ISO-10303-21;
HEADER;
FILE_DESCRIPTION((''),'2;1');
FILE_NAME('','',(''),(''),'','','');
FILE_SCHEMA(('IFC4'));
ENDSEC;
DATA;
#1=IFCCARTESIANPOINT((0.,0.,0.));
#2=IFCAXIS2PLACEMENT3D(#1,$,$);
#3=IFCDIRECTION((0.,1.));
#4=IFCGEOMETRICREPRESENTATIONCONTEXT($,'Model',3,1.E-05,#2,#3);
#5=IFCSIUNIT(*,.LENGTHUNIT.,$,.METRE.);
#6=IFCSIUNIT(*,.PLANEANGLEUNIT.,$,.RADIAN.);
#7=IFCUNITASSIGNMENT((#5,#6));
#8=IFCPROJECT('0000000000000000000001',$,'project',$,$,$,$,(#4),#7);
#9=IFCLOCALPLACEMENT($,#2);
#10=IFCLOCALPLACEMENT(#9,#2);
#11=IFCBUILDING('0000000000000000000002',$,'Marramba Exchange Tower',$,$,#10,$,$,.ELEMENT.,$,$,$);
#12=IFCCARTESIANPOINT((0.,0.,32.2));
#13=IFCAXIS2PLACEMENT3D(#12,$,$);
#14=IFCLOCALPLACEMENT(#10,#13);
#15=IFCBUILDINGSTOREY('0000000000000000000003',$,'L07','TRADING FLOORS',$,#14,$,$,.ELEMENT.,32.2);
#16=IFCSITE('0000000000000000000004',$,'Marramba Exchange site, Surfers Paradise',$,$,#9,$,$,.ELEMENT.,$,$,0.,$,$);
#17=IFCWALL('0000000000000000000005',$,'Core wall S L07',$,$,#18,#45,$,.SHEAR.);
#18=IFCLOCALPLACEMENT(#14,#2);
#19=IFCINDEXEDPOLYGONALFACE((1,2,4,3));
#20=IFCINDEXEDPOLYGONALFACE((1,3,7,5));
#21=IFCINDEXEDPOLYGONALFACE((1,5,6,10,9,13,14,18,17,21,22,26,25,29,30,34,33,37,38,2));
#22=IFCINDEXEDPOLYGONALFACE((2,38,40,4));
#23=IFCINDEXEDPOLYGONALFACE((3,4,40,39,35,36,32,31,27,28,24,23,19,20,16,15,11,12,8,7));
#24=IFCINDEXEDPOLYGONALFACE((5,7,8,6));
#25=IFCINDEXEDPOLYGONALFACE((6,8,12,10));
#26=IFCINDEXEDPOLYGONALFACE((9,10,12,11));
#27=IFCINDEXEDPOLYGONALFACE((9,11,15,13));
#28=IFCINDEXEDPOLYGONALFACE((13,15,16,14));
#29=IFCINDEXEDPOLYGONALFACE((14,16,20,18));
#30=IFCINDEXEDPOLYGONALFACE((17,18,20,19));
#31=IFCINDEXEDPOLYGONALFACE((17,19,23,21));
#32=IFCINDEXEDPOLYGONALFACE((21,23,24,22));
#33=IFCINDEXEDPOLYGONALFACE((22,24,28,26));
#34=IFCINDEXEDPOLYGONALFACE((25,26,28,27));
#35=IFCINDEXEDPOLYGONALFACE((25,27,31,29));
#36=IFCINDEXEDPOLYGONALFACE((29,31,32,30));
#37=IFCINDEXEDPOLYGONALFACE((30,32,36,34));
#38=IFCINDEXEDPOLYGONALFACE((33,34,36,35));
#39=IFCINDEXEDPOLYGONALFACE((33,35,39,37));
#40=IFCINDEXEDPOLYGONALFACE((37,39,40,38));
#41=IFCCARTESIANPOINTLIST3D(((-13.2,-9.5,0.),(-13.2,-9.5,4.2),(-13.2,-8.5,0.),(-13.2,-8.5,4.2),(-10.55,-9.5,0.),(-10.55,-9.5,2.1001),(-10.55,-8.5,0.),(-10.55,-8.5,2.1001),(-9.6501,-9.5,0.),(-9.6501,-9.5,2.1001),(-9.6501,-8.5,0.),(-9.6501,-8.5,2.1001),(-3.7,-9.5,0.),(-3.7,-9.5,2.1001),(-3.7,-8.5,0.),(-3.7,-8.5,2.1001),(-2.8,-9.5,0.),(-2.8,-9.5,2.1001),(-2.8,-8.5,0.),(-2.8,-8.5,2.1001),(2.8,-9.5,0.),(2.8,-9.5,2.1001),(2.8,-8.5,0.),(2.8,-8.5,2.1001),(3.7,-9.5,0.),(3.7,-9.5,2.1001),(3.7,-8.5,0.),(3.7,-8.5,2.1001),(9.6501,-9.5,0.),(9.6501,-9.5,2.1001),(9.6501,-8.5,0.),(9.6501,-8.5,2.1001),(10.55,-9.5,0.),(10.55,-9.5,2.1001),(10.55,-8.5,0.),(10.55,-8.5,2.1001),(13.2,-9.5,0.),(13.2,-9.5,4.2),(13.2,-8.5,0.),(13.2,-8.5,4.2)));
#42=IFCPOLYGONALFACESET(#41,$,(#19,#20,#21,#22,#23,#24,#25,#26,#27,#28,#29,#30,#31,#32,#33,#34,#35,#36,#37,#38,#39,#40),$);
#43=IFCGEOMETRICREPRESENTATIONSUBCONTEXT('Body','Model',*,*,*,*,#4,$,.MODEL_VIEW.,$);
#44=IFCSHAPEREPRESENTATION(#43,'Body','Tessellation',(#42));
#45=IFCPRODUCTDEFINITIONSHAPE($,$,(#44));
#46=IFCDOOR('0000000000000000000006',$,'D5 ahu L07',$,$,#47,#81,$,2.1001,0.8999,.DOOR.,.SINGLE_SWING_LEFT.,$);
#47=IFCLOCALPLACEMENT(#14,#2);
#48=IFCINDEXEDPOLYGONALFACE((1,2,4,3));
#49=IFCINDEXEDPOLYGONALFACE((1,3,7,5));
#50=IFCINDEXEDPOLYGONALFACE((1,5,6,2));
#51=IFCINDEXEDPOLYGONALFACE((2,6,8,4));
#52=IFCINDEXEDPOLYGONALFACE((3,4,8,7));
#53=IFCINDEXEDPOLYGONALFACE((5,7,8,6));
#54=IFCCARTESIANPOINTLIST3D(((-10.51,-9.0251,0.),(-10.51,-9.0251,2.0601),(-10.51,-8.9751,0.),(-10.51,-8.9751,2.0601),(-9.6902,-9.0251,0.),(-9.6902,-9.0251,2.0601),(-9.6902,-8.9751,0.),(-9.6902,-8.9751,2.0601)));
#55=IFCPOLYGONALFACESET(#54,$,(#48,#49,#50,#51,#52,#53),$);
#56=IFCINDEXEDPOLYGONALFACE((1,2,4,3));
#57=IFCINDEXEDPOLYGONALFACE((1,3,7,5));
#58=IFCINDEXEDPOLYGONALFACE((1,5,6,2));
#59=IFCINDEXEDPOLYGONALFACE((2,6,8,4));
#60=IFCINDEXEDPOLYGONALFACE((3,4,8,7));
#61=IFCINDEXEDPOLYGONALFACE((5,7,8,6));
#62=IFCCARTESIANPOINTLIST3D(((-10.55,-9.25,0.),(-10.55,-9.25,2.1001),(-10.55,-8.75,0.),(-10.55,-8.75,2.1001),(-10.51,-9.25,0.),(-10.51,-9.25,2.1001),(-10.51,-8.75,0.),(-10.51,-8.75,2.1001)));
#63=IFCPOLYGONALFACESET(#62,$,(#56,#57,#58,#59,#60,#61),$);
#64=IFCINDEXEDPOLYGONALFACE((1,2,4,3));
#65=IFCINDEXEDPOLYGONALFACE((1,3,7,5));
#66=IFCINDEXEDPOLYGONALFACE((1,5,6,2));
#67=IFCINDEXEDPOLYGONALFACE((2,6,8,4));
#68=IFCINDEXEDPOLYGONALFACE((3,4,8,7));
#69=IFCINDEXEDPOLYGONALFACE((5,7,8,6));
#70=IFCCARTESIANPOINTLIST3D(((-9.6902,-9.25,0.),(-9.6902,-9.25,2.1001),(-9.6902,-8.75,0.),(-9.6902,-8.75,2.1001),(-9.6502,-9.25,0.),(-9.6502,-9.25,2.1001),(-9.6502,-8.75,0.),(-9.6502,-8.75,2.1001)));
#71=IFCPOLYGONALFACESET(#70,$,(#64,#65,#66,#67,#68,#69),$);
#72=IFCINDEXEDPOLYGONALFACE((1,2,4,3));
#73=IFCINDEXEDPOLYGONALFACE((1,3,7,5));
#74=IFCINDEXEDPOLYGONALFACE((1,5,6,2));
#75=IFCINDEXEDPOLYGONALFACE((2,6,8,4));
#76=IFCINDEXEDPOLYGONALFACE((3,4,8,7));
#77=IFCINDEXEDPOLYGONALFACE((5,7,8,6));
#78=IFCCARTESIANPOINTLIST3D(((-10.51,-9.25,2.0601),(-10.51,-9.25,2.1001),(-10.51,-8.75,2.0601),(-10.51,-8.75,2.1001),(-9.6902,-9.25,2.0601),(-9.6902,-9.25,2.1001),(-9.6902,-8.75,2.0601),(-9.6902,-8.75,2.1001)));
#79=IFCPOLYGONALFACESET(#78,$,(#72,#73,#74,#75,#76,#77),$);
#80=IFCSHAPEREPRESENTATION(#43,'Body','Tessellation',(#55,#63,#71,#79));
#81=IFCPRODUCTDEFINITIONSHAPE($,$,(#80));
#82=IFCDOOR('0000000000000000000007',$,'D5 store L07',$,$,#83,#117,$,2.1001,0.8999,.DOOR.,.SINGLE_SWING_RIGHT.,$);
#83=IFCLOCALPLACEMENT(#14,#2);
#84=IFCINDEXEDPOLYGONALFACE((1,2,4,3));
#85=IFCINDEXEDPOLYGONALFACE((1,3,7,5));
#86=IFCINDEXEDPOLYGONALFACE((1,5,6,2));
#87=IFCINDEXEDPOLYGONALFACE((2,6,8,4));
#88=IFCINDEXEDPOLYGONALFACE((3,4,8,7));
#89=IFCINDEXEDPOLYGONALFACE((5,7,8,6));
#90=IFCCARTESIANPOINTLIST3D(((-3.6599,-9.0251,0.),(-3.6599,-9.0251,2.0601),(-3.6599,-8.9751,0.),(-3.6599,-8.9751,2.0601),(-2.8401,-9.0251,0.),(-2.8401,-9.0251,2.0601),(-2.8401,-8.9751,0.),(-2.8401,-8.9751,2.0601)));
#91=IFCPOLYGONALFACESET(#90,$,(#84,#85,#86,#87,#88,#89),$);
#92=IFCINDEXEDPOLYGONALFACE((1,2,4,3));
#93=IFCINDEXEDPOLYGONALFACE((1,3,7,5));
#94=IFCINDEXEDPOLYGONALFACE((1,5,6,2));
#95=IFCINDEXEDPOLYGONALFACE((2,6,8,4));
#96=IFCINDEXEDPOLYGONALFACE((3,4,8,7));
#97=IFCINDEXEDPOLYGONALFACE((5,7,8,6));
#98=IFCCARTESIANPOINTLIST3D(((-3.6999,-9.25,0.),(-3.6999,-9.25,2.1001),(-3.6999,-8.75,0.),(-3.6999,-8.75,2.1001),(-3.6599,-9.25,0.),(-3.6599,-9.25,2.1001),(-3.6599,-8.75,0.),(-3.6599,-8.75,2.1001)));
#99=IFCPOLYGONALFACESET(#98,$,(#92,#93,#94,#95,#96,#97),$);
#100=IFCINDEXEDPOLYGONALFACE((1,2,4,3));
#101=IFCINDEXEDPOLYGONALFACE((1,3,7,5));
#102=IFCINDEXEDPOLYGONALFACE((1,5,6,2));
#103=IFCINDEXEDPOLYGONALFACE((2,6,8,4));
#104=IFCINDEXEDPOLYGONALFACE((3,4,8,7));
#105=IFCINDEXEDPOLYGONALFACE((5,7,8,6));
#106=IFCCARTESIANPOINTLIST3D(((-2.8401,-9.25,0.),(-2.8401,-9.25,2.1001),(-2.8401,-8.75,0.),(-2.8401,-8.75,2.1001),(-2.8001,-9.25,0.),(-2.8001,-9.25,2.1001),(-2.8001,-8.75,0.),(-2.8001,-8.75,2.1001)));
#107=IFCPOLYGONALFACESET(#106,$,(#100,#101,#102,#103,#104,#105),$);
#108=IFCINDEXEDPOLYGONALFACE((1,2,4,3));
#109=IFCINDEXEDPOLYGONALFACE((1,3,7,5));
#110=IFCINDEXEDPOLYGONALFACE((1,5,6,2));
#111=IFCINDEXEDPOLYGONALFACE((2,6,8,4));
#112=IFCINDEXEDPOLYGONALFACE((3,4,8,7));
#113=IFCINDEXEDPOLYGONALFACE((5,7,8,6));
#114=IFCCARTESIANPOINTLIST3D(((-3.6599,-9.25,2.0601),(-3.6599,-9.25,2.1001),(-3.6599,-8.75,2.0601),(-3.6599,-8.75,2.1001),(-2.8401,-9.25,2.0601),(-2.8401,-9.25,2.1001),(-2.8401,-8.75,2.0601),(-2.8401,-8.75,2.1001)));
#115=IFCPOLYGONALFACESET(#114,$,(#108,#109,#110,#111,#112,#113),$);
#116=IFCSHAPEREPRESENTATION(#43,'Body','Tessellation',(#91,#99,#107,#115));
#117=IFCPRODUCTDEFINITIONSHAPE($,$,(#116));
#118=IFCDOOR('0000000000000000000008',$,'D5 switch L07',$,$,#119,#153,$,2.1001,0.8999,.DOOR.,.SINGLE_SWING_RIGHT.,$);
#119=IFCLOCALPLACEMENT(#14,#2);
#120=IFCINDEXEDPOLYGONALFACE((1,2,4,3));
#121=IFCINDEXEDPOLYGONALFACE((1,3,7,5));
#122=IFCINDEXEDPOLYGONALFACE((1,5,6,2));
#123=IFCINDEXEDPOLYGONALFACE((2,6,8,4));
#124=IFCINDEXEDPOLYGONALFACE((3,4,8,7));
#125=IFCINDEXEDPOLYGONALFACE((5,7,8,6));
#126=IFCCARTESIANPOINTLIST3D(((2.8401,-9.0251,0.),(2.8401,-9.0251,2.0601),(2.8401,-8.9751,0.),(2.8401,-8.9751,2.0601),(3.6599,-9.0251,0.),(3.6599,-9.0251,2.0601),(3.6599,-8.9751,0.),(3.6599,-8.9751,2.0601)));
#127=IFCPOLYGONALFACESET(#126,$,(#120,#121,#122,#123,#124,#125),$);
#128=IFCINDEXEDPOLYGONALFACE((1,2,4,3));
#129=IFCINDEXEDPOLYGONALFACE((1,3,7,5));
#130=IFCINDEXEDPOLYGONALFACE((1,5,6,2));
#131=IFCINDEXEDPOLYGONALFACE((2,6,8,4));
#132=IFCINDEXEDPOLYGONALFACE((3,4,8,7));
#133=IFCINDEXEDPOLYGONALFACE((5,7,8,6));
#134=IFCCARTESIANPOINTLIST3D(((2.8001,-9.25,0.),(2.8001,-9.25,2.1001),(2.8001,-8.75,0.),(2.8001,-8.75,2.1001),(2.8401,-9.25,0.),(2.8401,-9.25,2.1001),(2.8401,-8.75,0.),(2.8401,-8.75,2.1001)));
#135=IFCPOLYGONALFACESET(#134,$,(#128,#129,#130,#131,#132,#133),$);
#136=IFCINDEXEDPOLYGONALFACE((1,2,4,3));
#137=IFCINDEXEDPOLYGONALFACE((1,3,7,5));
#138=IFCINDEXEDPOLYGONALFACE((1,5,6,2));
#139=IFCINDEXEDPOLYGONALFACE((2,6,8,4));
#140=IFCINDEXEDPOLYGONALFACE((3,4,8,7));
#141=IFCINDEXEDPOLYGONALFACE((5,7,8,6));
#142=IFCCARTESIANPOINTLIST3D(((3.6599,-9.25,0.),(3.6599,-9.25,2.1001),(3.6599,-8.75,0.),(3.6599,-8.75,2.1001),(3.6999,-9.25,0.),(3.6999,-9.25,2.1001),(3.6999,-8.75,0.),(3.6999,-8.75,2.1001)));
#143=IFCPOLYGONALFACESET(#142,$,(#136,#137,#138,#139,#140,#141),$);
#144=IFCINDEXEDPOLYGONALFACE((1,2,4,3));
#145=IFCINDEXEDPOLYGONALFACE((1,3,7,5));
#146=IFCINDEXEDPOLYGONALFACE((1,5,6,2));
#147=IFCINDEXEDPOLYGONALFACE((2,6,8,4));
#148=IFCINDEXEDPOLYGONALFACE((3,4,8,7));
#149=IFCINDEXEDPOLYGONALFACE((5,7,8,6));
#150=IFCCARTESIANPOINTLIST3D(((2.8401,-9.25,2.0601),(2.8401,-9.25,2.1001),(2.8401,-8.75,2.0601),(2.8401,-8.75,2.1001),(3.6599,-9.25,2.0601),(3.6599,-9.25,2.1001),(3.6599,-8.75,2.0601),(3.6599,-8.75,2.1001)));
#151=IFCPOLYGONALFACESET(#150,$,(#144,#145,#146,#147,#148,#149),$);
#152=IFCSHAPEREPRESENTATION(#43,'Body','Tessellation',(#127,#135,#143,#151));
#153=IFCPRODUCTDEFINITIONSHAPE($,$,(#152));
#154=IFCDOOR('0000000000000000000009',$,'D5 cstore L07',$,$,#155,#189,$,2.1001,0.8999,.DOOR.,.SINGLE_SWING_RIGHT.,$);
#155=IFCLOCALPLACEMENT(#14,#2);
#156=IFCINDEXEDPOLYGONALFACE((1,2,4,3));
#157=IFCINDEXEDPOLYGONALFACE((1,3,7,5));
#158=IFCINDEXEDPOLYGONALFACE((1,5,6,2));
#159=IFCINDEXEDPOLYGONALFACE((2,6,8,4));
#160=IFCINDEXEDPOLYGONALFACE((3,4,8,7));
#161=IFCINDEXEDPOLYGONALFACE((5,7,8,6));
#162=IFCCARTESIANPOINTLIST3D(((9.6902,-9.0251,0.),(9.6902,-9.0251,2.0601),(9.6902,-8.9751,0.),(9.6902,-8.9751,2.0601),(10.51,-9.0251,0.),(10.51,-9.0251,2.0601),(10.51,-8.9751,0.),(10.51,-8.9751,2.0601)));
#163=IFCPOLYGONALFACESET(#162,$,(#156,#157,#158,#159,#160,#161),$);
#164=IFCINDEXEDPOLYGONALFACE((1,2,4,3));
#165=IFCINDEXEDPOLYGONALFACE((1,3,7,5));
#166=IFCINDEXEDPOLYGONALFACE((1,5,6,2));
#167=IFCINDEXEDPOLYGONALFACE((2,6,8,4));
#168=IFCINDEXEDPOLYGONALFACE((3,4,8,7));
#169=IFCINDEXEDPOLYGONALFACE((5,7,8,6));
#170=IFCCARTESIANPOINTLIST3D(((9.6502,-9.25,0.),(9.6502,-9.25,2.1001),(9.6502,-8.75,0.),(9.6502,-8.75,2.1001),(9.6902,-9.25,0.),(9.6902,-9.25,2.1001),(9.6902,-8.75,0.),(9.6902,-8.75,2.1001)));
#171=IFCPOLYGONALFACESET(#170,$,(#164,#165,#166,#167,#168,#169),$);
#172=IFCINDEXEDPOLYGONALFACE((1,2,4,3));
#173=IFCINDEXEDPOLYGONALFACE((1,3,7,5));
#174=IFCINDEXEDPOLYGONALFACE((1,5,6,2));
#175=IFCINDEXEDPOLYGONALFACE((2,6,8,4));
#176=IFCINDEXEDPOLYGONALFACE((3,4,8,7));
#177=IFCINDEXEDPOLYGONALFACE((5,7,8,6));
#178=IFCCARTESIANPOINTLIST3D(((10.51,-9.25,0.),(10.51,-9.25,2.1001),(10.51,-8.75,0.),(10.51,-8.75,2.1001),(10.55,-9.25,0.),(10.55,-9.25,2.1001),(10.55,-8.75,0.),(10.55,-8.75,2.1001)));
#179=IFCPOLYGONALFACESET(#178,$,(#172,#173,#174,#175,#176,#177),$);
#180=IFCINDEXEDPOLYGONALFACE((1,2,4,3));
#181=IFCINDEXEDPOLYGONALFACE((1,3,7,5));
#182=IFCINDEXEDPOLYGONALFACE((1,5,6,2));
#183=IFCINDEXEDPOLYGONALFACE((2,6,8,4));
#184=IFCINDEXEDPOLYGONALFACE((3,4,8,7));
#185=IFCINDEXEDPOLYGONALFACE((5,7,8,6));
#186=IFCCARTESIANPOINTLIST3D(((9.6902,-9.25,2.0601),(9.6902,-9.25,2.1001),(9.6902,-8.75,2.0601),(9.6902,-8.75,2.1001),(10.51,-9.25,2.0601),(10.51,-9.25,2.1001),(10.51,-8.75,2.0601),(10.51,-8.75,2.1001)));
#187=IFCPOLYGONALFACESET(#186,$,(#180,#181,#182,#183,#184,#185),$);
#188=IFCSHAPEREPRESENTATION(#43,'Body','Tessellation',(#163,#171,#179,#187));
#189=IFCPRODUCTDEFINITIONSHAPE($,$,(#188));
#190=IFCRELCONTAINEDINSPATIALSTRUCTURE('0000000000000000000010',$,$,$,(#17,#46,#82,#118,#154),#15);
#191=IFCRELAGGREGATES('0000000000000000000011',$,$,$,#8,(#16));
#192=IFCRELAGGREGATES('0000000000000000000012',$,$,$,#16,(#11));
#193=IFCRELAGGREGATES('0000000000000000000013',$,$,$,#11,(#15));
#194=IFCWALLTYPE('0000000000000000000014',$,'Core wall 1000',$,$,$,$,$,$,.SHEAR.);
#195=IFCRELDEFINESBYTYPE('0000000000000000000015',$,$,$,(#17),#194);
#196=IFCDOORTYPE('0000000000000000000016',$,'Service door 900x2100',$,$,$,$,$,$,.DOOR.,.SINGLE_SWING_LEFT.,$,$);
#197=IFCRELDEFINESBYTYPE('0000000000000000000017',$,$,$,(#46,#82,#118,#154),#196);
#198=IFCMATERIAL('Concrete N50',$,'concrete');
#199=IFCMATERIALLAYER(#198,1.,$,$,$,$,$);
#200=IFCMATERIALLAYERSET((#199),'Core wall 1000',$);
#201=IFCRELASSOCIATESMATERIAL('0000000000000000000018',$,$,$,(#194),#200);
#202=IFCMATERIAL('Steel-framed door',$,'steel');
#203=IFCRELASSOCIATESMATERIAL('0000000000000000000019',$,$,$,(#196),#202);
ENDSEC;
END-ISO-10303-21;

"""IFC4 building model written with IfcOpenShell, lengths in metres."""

from ifc_helpers import new_model, si_unit, direction, frame, frame_2d, origin, place, context, subcontext, project, spatial, rectangle, extrude, material, layer, layer_set, type_object, element, fill, save


model = new_model("IFC4")

# Units and contexts
model_context = context("Model", 3, precision=1e-05, world=origin(), true_north=direction((0.0, 1.0)))
body_context = subcontext(model_context, "Body", "Model", "MODEL_VIEW")
ifc_project = project(units=[si_unit("LENGTHUNIT", "METRE"), si_unit("PLANEANGLEUNIT", "RADIAN")], contexts=[model_context])

# Site, building, storey
site_placement = place(None, origin())
site = spatial("IfcSite", under=ifc_project, at=site_placement, Name="Marramba Exchange site, Surfers Paradise", CompositionType="ELEMENT", RefElevation=0.0)
building_placement = place(site_placement, origin())
building = spatial("IfcBuilding", under=site, at=building_placement, Name="Marramba Exchange Tower", CompositionType="ELEMENT")
storey_placement = place(building_placement, frame((0.0, 0.0, 32.2)))
storey = spatial("IfcBuildingStorey", under=building, at=storey_placement, Name="L07", Description="TRADING FLOORS", CompositionType="ELEMENT", Elevation=32.2)

# Shared definitions
ifc_material_1 = material(Name="Concrete N50", Category="concrete")

# Wall, openings, doors
ifc_layer_1 = layer(ifc_material_1, 1.0)
ifc_layer_set_1 = layer_set([ifc_layer_1], Name="Core wall 1000")
wall_type_1 = type_object("IfcWallType", Name="Core wall 1000", PredefinedType="SHEAR", material=ifc_layer_set_1)
wall_1_placement = place(storey_placement, frame((-13.2, -9.0, 0.0), z_axis=(0.0, 0.0, 1.0), x_axis=(1.0, 0.0, 0.0)))
wall_1 = element("IfcWall", 1, at=wall_1_placement, inside=storey, type_object=wall_type_1, Name="Core wall S L07", PredefinedType="SHEAR", context=body_context, shape_type="SweptSolid", body=[
    extrude(rectangle(XDim=26.3999, YDim=1.0, at=frame_2d((13.2, 0.0))), origin(), (0.0, 0.0, 1.0), 4.2),
])
opening_1_placement = place(wall_1_placement, frame((2.6499, 0.0, 0.0)))
opening_1 = element("IfcOpeningElement", 2, at=opening_1_placement, cuts=wall_1, PredefinedType="OPENING", context=body_context, shape_type="SweptSolid", body=[
    extrude(rectangle(XDim=0.8999, YDim=2.1001, at=frame_2d((0.45, 1.05))), frame((0.0, 0.51, 0.0), z_axis=(0.0, -1.0, 0.0), x_axis=(1.0, 0.0, 0.0)), (0.0, 0.0, 1.0), 1.02),
])
opening_2_placement = place(wall_1_placement, frame((9.5, 0.0, 0.0)))
opening_2 = element("IfcOpeningElement", 3, at=opening_2_placement, cuts=wall_1, PredefinedType="OPENING", context=body_context, shape_type="SweptSolid", body=[
    extrude(rectangle(XDim=0.8999, YDim=2.1001, at=frame_2d((0.45, 1.05))), frame((0.0, 0.51, 0.0), z_axis=(0.0, -1.0, 0.0), x_axis=(1.0, 0.0, 0.0)), (0.0, 0.0, 1.0), 1.02),
])
opening_3_placement = place(wall_1_placement, frame((16.0, 0.0, 0.0)))
opening_3 = element("IfcOpeningElement", 4, at=opening_3_placement, cuts=wall_1, PredefinedType="OPENING", context=body_context, shape_type="SweptSolid", body=[
    extrude(rectangle(XDim=0.8999, YDim=2.1001, at=frame_2d((0.45, 1.05))), frame((0.0, 0.51, 0.0), z_axis=(0.0, -1.0, 0.0), x_axis=(1.0, 0.0, 0.0)), (0.0, 0.0, 1.0), 1.02),
])
opening_4_placement = place(wall_1_placement, frame((22.8501, 0.0, 0.0)))
opening_4 = element("IfcOpeningElement", 5, at=opening_4_placement, cuts=wall_1, PredefinedType="OPENING", context=body_context, shape_type="SweptSolid", body=[
    extrude(rectangle(XDim=0.8999, YDim=2.1001, at=frame_2d((0.45, 1.05))), frame((0.0, 0.51, 0.0), z_axis=(0.0, -1.0, 0.0), x_axis=(1.0, 0.0, 0.0)), (0.0, 0.0, 1.0), 1.02),
])
ifc_material_2 = material(Name="Steel-framed door", Category="steel")
door_type = type_object("IfcDoorType", Name="Service door 900x2100", OperationType="SINGLE_SWING_LEFT", PredefinedType="DOOR", material=ifc_material_2)
door_1_placement = place(opening_1_placement, origin())
door_1 = element("IfcDoor", 6, at=door_1_placement, inside=storey, type_object=door_type, Name="D5 ahu L07", OperationType="SINGLE_SWING_LEFT", OverallHeight=2.1001, OverallWidth=0.8999, PredefinedType="DOOR", context=body_context, shape_type="SweptSolid", body=[
    extrude(rectangle(XDim=0.8198, YDim=2.0601, at=frame_2d((0.45, 1.03))), frame((0.0, 0.0249, 0.0), z_axis=(0.0, -1.0, 0.0), x_axis=(1.0, 0.0, 0.0)), (0.0, 0.0, 1.0), 0.05),
    extrude(rectangle(XDim=0.04, YDim=2.1001, at=frame_2d((0.02, 1.05))), frame((0.0, 0.25, 0.0), z_axis=(0.0, -1.0, 0.0), x_axis=(1.0, 0.0, 0.0)), (0.0, 0.0, 1.0), 0.5),
    extrude(rectangle(XDim=0.04, YDim=2.1001, at=frame_2d((0.8799, 1.05))), frame((0.0, 0.25, 0.0), z_axis=(0.0, -1.0, 0.0), x_axis=(1.0, 0.0, 0.0)), (0.0, 0.0, 1.0), 0.5),
    extrude(rectangle(XDim=0.8198, YDim=0.04, at=frame_2d((0.45, 2.0801))), frame((0.0, 0.25, 0.0), z_axis=(0.0, -1.0, 0.0), x_axis=(1.0, 0.0, 0.0)), (0.0, 0.0, 1.0), 0.5),
])
fill(opening_1, door_1)
door_2_placement = place(opening_2_placement, origin())
door_2 = element("IfcDoor", 7, at=door_2_placement, inside=storey, type_object=door_type, Name="D5 store L07", OperationType="SINGLE_SWING_RIGHT", OverallHeight=2.1001, OverallWidth=0.8999, PredefinedType="DOOR", context=body_context, shape_type="SweptSolid", body=[
    extrude(rectangle(XDim=0.8198, YDim=2.0601, at=frame_2d((0.45, 1.03))), frame((0.0, 0.0249, 0.0), z_axis=(0.0, -1.0, 0.0), x_axis=(1.0, 0.0, 0.0)), (0.0, 0.0, 1.0), 0.05),
    extrude(rectangle(XDim=0.04, YDim=2.1001, at=frame_2d((0.02, 1.05))), frame((0.0, 0.25, 0.0), z_axis=(0.0, -1.0, 0.0), x_axis=(1.0, 0.0, 0.0)), (0.0, 0.0, 1.0), 0.5),
    extrude(rectangle(XDim=0.04, YDim=2.1001, at=frame_2d((0.8799, 1.05))), frame((0.0, 0.25, 0.0), z_axis=(0.0, -1.0, 0.0), x_axis=(1.0, 0.0, 0.0)), (0.0, 0.0, 1.0), 0.5),
    extrude(rectangle(XDim=0.8198, YDim=0.04, at=frame_2d((0.45, 2.0801))), frame((0.0, 0.25, 0.0), z_axis=(0.0, -1.0, 0.0), x_axis=(1.0, 0.0, 0.0)), (0.0, 0.0, 1.0), 0.5),
])
fill(opening_2, door_2)
door_3_placement = place(opening_3_placement, origin())
door_3 = element("IfcDoor", 8, at=door_3_placement, inside=storey, type_object=door_type, Name="D5 switch L07", OperationType="SINGLE_SWING_RIGHT", OverallHeight=2.1001, OverallWidth=0.8999, PredefinedType="DOOR", context=body_context, shape_type="SweptSolid", body=[
    extrude(rectangle(XDim=0.8198, YDim=2.0601, at=frame_2d((0.45, 1.03))), frame((0.0, 0.0249, 0.0), z_axis=(0.0, -1.0, 0.0), x_axis=(1.0, 0.0, 0.0)), (0.0, 0.0, 1.0), 0.05),
    extrude(rectangle(XDim=0.04, YDim=2.1001, at=frame_2d((0.02, 1.05))), frame((0.0, 0.25, 0.0), z_axis=(0.0, -1.0, 0.0), x_axis=(1.0, 0.0, 0.0)), (0.0, 0.0, 1.0), 0.5),
    extrude(rectangle(XDim=0.04, YDim=2.1001, at=frame_2d((0.8799, 1.05))), frame((0.0, 0.25, 0.0), z_axis=(0.0, -1.0, 0.0), x_axis=(1.0, 0.0, 0.0)), (0.0, 0.0, 1.0), 0.5),
    extrude(rectangle(XDim=0.8198, YDim=0.04, at=frame_2d((0.45, 2.0801))), frame((0.0, 0.25, 0.0), z_axis=(0.0, -1.0, 0.0), x_axis=(1.0, 0.0, 0.0)), (0.0, 0.0, 1.0), 0.5),
])
fill(opening_3, door_3)
door_4_placement = place(opening_4_placement, origin())
door_4 = element("IfcDoor", 9, at=door_4_placement, inside=storey, type_object=door_type, Name="D5 cstore L07", OperationType="SINGLE_SWING_RIGHT", OverallHeight=2.1001, OverallWidth=0.8999, PredefinedType="DOOR", context=body_context, shape_type="SweptSolid", body=[
    extrude(rectangle(XDim=0.8198, YDim=2.0601, at=frame_2d((0.45, 1.03))), frame((0.0, 0.0249, 0.0), z_axis=(0.0, -1.0, 0.0), x_axis=(1.0, 0.0, 0.0)), (0.0, 0.0, 1.0), 0.05),
    extrude(rectangle(XDim=0.04, YDim=2.1001, at=frame_2d((0.02, 1.05))), frame((0.0, 0.25, 0.0), z_axis=(0.0, -1.0, 0.0), x_axis=(1.0, 0.0, 0.0)), (0.0, 0.0, 1.0), 0.5),
    extrude(rectangle(XDim=0.04, YDim=2.1001, at=frame_2d((0.8799, 1.05))), frame((0.0, 0.25, 0.0), z_axis=(0.0, -1.0, 0.0), x_axis=(1.0, 0.0, 0.0)), (0.0, 0.0, 1.0), 0.5),
    extrude(rectangle(XDim=0.8198, YDim=0.04, at=frame_2d((0.45, 2.0801))), frame((0.0, 0.25, 0.0), z_axis=(0.0, -1.0, 0.0), x_axis=(1.0, 0.0, 0.0)), (0.0, 0.0, 1.0), 0.5),
])
fill(opening_4, door_4)

save(model, "model.ifc")
